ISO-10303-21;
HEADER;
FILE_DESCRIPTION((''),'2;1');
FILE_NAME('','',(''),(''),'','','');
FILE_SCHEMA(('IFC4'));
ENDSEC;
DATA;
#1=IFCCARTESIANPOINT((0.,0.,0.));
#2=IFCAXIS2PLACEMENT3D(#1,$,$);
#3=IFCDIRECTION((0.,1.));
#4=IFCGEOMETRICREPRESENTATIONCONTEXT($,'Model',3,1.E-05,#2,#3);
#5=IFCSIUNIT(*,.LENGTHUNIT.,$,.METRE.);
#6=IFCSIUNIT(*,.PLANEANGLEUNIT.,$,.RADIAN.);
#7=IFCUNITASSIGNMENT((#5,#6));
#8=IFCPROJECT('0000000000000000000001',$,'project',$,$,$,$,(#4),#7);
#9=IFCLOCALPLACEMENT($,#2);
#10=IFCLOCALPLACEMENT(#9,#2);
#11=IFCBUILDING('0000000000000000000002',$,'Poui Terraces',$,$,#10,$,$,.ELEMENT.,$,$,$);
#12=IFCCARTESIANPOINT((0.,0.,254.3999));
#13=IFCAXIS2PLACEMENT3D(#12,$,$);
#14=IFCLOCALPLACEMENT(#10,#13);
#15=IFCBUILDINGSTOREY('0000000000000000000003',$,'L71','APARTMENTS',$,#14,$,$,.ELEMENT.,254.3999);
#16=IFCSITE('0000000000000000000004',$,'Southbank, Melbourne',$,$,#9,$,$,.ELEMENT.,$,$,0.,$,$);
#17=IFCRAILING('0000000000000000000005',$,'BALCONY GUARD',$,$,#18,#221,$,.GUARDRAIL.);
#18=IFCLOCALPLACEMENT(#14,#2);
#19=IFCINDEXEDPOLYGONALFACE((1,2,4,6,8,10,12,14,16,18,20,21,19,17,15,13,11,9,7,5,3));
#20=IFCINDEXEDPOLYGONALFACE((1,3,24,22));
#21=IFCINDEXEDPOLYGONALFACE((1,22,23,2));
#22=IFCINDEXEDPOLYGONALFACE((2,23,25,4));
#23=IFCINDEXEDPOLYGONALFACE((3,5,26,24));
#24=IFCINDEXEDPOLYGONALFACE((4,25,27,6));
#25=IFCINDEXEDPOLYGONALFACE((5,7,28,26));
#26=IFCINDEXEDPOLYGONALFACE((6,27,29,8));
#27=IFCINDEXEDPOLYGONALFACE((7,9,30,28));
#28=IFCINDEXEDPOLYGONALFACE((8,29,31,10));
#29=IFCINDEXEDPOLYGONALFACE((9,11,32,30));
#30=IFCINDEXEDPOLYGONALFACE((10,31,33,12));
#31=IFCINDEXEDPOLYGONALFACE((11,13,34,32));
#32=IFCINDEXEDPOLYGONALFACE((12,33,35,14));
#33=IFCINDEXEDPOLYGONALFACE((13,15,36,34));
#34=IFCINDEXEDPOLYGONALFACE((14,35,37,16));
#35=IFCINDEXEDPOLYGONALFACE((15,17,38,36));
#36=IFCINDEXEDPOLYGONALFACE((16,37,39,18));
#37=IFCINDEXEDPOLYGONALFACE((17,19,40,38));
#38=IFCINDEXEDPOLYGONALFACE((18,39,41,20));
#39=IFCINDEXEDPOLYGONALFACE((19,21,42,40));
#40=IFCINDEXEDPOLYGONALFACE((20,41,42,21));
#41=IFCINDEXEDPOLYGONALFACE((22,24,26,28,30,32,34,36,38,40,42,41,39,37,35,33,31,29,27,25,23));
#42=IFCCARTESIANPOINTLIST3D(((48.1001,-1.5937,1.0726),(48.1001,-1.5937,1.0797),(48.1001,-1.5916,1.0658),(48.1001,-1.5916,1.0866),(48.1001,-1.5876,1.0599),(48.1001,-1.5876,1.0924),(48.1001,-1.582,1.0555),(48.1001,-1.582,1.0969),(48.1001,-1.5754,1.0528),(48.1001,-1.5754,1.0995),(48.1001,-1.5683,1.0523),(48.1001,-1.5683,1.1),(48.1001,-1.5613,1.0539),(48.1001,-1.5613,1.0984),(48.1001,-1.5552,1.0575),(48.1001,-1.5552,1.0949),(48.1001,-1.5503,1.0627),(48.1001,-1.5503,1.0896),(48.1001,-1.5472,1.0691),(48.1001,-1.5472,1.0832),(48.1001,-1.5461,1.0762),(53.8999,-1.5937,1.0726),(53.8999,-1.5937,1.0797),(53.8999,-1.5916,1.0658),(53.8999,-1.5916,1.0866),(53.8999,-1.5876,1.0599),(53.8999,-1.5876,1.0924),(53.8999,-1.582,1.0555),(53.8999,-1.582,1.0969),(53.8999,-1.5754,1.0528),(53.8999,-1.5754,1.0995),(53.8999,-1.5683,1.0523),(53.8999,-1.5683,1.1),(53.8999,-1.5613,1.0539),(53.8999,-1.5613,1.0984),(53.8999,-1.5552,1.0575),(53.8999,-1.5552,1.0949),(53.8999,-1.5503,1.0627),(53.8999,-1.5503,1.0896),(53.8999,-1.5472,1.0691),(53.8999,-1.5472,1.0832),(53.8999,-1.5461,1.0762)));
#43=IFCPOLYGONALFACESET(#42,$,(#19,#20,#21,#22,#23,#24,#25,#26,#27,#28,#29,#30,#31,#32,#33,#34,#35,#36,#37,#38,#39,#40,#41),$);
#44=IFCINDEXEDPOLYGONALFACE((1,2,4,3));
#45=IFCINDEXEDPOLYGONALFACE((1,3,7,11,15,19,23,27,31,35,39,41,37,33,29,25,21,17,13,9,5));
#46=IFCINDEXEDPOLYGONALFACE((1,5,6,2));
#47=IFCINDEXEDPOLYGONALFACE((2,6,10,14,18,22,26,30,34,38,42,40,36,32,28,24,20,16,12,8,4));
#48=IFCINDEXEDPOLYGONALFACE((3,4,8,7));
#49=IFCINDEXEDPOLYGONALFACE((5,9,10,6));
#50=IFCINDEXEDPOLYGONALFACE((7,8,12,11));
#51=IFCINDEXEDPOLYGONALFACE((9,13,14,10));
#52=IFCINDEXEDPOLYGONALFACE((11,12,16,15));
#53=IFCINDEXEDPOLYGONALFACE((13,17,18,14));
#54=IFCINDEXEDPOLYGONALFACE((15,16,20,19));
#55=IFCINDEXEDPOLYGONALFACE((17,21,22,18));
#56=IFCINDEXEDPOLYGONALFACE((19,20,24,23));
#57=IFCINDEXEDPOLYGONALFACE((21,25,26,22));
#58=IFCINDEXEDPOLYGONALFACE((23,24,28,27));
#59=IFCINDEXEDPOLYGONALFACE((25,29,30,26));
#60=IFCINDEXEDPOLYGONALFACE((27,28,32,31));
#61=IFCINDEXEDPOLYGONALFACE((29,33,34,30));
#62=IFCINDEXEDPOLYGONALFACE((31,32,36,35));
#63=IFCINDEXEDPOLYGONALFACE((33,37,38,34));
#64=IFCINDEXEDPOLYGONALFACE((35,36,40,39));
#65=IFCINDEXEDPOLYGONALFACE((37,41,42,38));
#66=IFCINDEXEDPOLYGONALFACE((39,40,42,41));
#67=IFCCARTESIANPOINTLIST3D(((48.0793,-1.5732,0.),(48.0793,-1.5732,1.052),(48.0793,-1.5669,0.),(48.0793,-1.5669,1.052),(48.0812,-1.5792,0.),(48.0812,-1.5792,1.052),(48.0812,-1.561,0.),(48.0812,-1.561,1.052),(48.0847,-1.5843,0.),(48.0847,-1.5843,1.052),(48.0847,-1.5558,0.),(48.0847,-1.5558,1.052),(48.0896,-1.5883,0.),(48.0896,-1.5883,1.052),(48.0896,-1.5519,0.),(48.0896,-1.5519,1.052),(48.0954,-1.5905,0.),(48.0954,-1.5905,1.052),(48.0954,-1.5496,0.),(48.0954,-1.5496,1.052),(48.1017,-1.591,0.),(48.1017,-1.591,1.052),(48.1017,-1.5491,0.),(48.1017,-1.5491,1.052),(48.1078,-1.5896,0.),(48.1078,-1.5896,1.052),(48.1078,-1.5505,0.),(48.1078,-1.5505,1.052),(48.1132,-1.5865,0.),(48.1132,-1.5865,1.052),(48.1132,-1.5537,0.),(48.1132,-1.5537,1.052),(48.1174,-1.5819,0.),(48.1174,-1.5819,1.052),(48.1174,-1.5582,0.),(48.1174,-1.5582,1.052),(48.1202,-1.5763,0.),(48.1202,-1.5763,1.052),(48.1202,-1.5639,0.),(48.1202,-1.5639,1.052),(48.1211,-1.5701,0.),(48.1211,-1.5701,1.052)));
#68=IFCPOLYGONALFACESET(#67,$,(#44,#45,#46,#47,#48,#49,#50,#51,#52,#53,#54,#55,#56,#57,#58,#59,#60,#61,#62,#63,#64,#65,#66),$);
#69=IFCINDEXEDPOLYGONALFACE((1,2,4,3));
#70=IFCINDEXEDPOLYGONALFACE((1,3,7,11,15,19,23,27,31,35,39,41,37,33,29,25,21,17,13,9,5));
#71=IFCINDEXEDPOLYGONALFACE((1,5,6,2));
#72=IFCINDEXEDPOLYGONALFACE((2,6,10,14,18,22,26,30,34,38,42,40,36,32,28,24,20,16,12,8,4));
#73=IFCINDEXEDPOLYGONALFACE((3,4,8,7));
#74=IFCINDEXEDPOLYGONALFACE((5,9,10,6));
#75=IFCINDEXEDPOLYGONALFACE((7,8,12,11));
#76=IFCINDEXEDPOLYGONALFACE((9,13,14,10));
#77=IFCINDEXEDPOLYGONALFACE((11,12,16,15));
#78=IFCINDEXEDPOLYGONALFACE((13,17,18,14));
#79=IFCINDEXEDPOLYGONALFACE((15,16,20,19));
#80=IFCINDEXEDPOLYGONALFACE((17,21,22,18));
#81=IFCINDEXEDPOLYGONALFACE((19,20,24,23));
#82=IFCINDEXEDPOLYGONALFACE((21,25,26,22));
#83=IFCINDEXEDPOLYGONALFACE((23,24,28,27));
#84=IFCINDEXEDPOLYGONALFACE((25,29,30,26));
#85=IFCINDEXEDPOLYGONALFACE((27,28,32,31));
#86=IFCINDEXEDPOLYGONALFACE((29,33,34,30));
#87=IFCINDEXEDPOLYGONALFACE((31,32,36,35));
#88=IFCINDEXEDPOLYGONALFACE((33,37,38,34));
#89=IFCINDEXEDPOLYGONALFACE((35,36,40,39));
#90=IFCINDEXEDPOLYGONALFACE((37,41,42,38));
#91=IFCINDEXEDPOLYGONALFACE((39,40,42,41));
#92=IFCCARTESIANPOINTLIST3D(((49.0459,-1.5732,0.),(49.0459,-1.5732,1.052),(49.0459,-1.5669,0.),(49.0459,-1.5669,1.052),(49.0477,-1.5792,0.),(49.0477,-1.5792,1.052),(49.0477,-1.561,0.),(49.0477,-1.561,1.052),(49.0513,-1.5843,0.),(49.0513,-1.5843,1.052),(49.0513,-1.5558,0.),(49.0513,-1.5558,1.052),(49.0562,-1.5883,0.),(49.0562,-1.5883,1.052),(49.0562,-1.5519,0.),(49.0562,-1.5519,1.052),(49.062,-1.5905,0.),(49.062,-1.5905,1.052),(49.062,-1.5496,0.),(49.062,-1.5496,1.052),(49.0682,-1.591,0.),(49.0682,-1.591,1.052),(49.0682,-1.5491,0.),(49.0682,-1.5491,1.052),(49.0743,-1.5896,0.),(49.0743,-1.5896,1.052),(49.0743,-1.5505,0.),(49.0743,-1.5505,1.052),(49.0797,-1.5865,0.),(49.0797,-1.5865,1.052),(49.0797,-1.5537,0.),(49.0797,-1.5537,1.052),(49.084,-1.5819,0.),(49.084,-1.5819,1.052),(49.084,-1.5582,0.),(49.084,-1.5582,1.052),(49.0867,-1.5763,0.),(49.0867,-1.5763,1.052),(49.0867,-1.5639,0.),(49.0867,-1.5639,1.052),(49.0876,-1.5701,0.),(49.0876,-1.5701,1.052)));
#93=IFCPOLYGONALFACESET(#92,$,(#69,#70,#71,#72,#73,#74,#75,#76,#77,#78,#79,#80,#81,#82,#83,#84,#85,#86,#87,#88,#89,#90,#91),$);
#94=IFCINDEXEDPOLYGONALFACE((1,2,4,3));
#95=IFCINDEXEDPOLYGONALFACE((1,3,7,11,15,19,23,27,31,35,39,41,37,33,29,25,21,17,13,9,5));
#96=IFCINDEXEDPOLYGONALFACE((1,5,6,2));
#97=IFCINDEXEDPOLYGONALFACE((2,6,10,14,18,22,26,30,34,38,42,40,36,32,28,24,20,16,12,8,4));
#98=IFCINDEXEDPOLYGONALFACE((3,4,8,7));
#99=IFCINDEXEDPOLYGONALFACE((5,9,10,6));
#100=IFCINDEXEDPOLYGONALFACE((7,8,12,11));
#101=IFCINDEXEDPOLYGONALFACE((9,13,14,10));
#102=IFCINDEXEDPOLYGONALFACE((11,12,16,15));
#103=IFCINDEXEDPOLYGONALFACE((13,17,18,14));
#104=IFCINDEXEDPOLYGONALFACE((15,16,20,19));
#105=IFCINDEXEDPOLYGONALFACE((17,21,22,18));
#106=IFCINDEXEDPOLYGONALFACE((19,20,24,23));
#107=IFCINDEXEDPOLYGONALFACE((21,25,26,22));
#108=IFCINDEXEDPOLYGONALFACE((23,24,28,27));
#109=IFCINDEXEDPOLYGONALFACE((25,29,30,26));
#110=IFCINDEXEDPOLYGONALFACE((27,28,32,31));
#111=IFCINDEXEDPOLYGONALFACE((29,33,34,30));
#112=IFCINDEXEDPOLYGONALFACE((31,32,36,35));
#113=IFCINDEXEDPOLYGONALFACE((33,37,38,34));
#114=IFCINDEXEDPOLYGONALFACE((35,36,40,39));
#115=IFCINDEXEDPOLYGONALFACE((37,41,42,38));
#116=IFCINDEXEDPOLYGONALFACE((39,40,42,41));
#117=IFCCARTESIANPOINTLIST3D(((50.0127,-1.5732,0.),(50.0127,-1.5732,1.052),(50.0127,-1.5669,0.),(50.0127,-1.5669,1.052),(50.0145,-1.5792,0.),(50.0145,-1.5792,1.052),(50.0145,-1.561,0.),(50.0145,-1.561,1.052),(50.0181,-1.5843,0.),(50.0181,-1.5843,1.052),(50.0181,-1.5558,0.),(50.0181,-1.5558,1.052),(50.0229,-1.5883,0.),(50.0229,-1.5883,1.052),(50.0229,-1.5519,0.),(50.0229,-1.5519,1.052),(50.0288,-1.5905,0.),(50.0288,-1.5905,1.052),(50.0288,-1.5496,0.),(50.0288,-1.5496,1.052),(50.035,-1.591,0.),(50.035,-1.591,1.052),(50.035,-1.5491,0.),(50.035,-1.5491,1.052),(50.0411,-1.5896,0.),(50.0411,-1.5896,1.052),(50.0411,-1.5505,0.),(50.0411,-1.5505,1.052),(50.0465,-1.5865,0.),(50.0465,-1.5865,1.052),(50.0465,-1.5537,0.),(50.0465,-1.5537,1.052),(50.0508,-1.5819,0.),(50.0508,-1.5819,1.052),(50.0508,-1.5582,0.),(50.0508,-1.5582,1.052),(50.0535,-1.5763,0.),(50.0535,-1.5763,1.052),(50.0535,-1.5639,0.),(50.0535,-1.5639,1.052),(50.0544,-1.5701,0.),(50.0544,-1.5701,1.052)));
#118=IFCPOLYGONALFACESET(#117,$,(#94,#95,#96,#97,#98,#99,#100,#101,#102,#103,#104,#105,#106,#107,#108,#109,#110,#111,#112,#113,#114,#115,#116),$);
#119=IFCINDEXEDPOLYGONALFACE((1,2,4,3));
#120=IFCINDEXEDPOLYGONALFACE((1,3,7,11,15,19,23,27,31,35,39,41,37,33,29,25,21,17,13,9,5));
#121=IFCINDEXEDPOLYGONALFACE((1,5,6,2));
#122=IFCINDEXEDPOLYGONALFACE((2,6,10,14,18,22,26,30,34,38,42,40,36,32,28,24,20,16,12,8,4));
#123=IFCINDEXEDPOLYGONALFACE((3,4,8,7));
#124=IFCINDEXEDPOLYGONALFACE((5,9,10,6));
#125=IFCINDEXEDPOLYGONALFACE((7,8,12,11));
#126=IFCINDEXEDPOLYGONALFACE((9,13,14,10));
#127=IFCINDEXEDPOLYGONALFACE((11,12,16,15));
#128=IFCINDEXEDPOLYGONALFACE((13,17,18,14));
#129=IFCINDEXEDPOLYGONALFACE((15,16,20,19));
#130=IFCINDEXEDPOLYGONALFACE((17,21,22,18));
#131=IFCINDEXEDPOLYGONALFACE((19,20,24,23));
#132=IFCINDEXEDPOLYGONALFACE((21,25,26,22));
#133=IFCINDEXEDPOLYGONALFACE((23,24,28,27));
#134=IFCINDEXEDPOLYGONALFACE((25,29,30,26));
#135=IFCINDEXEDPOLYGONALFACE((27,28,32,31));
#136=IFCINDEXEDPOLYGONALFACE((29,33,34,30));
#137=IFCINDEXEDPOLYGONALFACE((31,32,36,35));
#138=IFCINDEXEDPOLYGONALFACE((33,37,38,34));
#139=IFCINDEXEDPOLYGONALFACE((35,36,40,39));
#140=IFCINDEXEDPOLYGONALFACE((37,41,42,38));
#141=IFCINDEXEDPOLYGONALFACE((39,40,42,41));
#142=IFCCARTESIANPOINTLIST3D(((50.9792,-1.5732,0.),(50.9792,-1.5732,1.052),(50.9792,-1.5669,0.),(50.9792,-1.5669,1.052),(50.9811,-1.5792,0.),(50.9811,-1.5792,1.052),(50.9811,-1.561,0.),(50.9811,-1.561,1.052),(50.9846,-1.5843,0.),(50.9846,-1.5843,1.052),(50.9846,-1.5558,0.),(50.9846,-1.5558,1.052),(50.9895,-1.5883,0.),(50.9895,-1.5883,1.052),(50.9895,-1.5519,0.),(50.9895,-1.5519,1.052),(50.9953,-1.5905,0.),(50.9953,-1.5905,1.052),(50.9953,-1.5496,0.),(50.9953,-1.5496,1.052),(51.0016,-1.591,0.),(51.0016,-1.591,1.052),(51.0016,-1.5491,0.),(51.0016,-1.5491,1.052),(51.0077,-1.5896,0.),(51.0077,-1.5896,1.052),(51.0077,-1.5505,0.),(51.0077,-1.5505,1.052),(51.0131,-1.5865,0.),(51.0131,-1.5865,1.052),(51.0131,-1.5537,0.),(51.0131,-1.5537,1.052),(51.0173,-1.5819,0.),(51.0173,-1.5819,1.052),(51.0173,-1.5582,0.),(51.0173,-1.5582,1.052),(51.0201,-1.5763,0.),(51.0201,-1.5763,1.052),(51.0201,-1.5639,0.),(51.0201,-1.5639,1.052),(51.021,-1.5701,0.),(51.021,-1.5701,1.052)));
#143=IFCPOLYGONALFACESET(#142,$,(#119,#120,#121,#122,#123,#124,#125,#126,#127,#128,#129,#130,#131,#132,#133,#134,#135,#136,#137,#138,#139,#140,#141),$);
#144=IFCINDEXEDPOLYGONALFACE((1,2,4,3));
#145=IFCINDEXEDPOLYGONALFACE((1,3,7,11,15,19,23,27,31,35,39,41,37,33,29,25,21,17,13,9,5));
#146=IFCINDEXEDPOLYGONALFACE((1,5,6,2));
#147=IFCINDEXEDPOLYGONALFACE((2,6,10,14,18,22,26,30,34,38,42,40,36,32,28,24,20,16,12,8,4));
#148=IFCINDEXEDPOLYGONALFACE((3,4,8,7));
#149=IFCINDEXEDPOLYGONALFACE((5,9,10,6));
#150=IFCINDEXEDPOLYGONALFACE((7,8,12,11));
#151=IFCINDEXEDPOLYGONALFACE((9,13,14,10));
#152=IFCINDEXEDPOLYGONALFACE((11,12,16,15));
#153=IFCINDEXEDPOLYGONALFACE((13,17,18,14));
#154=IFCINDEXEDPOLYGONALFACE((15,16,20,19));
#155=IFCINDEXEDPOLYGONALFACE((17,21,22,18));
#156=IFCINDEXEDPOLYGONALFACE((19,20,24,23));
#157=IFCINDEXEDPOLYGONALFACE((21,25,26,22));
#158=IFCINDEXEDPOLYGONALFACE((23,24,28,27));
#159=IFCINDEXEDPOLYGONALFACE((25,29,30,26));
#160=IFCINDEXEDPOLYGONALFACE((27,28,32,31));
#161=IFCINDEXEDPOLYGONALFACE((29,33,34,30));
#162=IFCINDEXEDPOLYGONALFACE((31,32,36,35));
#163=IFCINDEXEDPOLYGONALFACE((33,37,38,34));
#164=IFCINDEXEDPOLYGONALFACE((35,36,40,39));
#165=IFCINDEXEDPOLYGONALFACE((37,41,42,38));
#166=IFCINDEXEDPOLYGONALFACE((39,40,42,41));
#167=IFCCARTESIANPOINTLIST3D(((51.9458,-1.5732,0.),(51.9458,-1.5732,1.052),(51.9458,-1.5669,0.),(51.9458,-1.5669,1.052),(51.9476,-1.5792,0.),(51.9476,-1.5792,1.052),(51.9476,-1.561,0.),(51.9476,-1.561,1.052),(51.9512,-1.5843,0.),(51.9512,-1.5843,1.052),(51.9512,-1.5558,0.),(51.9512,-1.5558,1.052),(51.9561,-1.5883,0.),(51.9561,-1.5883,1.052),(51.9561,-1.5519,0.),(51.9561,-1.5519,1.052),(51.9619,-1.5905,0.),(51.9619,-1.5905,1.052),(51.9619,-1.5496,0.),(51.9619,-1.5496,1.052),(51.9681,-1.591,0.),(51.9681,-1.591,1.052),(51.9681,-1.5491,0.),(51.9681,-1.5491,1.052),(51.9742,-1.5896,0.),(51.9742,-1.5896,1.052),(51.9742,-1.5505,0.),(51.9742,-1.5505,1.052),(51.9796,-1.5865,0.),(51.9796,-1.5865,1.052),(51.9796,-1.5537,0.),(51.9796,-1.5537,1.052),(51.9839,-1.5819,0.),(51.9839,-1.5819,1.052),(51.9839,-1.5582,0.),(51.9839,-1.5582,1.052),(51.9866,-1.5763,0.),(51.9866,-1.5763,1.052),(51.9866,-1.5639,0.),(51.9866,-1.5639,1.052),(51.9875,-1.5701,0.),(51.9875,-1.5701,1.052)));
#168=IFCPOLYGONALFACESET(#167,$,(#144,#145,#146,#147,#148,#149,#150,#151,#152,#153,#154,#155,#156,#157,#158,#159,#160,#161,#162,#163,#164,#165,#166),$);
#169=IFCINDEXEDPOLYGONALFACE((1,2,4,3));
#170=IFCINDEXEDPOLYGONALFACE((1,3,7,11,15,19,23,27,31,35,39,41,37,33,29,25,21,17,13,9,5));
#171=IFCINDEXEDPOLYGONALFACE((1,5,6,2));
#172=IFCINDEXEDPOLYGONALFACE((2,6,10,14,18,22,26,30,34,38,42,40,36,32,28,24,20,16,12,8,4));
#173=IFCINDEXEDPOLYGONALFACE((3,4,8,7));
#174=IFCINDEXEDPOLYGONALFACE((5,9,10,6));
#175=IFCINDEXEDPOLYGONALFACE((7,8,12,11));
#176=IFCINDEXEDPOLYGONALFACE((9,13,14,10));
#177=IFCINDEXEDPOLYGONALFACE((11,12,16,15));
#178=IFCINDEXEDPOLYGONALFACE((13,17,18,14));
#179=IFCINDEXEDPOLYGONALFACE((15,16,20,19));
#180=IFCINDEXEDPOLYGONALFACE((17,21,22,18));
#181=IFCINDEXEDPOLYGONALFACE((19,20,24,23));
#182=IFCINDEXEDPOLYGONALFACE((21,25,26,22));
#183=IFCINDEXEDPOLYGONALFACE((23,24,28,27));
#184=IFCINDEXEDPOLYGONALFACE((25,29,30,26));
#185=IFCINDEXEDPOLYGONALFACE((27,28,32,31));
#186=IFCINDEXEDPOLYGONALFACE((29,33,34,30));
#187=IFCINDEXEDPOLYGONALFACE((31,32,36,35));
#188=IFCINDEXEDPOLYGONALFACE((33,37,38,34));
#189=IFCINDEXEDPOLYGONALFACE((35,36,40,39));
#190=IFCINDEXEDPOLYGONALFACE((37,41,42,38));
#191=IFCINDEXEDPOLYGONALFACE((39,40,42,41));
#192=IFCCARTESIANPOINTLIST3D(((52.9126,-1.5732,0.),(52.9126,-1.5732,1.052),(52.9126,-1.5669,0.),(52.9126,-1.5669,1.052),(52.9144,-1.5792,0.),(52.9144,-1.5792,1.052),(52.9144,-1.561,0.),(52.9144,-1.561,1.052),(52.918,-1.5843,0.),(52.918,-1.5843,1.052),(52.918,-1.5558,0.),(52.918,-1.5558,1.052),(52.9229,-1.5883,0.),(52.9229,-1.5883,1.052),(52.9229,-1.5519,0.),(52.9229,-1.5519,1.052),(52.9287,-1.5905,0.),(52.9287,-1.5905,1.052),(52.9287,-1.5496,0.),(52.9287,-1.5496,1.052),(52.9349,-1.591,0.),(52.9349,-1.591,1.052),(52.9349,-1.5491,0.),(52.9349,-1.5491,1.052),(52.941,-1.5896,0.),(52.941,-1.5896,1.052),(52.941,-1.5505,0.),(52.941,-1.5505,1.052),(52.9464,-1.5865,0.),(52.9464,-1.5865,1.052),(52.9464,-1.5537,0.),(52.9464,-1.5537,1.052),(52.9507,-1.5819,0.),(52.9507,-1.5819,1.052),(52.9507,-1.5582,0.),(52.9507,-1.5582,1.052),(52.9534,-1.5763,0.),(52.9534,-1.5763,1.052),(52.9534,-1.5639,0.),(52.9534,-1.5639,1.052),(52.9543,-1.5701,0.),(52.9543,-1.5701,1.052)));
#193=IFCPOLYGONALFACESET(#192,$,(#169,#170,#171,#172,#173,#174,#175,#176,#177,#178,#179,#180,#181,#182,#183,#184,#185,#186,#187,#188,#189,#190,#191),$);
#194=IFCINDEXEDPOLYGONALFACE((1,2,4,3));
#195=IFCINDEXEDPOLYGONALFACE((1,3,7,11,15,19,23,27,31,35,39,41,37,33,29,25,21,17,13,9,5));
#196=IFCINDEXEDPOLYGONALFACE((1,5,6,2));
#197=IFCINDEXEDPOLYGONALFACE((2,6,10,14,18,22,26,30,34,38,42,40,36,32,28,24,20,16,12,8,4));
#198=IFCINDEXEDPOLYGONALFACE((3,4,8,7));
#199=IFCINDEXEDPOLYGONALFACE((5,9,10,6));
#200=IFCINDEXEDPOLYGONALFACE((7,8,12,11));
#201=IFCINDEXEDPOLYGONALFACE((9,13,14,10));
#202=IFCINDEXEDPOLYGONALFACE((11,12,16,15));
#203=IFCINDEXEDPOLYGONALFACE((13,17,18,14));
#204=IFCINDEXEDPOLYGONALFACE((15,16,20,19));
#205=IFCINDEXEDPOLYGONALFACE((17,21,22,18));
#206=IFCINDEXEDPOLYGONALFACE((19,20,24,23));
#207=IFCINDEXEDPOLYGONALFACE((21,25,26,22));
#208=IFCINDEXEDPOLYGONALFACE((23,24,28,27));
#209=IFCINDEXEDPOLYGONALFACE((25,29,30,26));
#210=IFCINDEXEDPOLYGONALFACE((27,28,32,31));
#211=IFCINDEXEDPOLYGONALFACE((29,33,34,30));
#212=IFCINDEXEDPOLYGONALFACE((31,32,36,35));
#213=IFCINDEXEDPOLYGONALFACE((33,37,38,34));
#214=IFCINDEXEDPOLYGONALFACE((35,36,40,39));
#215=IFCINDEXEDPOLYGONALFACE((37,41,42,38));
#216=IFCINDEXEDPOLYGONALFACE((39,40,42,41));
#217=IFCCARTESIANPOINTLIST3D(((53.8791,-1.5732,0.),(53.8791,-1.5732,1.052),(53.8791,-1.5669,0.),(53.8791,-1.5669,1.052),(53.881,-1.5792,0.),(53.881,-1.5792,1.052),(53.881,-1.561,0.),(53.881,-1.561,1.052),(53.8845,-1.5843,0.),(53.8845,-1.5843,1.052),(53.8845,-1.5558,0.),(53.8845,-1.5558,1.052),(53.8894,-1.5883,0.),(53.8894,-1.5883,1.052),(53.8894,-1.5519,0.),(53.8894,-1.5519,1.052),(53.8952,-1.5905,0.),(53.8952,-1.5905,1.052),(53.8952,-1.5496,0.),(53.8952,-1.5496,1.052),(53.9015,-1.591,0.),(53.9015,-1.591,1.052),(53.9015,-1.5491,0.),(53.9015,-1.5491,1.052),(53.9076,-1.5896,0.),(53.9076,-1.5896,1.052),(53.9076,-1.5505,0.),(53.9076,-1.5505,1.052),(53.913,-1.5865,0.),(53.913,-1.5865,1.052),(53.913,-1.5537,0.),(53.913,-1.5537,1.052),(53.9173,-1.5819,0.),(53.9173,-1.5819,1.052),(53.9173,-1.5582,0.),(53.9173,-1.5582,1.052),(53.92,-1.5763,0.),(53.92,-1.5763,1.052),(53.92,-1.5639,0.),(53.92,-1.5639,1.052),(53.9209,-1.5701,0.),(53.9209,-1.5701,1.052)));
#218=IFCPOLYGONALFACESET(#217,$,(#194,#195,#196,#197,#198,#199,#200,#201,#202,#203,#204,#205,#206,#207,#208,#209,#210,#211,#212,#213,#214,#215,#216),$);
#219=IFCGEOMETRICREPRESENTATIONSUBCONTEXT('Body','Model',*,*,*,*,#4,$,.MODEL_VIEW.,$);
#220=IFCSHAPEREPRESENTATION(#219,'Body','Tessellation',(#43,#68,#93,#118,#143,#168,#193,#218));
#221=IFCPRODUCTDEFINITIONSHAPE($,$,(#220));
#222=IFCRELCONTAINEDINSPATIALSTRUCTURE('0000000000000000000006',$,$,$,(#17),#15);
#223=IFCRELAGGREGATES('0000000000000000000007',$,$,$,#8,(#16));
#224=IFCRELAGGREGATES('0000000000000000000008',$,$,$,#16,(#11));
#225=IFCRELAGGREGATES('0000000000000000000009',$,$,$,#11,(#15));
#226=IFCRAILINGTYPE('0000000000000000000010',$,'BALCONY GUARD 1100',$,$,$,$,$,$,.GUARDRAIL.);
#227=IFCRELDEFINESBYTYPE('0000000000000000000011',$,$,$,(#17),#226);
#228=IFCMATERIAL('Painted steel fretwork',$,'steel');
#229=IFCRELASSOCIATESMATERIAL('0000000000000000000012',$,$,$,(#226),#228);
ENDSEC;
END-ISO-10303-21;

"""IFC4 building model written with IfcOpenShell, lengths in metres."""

from ifc_helpers import new_model, si_unit, direction, frame, origin, origin_2d, place, context, subcontext, project, spatial, circle, extrude, material, type_object, element, save


model = new_model("IFC4")

# Units and contexts
model_context = context("Model", 3, precision=1e-05, world=origin(), true_north=direction((0.0, 1.0)))
body_context = subcontext(model_context, "Body", "Model", "MODEL_VIEW")
ifc_project = project(units=[si_unit("LENGTHUNIT", "METRE"), si_unit("PLANEANGLEUNIT", "RADIAN")], contexts=[model_context])

# Site, building, storey
site_placement = place(None, origin())
site = spatial("IfcSite", under=ifc_project, at=site_placement, Name="Southbank, Melbourne", CompositionType="ELEMENT", RefElevation=0.0)
building_placement = place(site_placement, origin())
building = spatial("IfcBuilding", under=site, at=building_placement, Name="Poui Terraces", CompositionType="ELEMENT")
storey_placement = place(building_placement, frame((0.0, 0.0, 254.3999)))
storey = spatial("IfcBuildingStorey", under=building, at=storey_placement, Name="L71", Description="APARTMENTS", CompositionType="ELEMENT", Elevation=254.3999)

# Railing
ifc_material_1 = material(Name="Painted steel fretwork", Category="steel")
railing_type = type_object("IfcRailingType", Name="BALCONY GUARD 1100", PredefinedType="GUARDRAIL", material=ifc_material_1)
railing_placement = place(storey_placement, frame((48.1001, -1.5701, 0.0)))
element("IfcRailing", 1, at=railing_placement, inside=storey, type_object=railing_type, Name="BALCONY GUARD", PredefinedType="GUARDRAIL", context=body_context, shape_type="SweptSolid", body=[
    extrude(circle(Radius=0.0239, at=origin_2d()), frame((0.0, 0.0, 1.0762), z_axis=(1.0, 0.0, 0.0), x_axis=(0.0, 1.0, 0.0)), (0.0, 0.0, 1.0), 5.7998),
    extrude(circle(Radius=0.021, at=origin_2d()), origin(), (0.0, 0.0, 1.0), 1.052),
    extrude(circle(Radius=0.021, at=origin_2d()), frame((0.9666, 0.0, 0.0)), (0.0, 0.0, 1.0), 1.052),
    extrude(circle(Radius=0.021, at=origin_2d()), frame((1.9333, 0.0, 0.0)), (0.0, 0.0, 1.0), 1.052),
    extrude(circle(Radius=0.021, at=origin_2d()), frame((2.8999, 0.0, 0.0)), (0.0, 0.0, 1.0), 1.052),
    extrude(circle(Radius=0.021, at=origin_2d()), frame((3.8665, 0.0, 0.0)), (0.0, 0.0, 1.0), 1.052),
    extrude(circle(Radius=0.021, at=origin_2d()), frame((4.8333, 0.0, 0.0)), (0.0, 0.0, 1.0), 1.052),
    extrude(circle(Radius=0.021, at=origin_2d()), frame((5.7998, 0.0, 0.0)), (0.0, 0.0, 1.0), 1.052),
])

save(model, "model.ifc")
